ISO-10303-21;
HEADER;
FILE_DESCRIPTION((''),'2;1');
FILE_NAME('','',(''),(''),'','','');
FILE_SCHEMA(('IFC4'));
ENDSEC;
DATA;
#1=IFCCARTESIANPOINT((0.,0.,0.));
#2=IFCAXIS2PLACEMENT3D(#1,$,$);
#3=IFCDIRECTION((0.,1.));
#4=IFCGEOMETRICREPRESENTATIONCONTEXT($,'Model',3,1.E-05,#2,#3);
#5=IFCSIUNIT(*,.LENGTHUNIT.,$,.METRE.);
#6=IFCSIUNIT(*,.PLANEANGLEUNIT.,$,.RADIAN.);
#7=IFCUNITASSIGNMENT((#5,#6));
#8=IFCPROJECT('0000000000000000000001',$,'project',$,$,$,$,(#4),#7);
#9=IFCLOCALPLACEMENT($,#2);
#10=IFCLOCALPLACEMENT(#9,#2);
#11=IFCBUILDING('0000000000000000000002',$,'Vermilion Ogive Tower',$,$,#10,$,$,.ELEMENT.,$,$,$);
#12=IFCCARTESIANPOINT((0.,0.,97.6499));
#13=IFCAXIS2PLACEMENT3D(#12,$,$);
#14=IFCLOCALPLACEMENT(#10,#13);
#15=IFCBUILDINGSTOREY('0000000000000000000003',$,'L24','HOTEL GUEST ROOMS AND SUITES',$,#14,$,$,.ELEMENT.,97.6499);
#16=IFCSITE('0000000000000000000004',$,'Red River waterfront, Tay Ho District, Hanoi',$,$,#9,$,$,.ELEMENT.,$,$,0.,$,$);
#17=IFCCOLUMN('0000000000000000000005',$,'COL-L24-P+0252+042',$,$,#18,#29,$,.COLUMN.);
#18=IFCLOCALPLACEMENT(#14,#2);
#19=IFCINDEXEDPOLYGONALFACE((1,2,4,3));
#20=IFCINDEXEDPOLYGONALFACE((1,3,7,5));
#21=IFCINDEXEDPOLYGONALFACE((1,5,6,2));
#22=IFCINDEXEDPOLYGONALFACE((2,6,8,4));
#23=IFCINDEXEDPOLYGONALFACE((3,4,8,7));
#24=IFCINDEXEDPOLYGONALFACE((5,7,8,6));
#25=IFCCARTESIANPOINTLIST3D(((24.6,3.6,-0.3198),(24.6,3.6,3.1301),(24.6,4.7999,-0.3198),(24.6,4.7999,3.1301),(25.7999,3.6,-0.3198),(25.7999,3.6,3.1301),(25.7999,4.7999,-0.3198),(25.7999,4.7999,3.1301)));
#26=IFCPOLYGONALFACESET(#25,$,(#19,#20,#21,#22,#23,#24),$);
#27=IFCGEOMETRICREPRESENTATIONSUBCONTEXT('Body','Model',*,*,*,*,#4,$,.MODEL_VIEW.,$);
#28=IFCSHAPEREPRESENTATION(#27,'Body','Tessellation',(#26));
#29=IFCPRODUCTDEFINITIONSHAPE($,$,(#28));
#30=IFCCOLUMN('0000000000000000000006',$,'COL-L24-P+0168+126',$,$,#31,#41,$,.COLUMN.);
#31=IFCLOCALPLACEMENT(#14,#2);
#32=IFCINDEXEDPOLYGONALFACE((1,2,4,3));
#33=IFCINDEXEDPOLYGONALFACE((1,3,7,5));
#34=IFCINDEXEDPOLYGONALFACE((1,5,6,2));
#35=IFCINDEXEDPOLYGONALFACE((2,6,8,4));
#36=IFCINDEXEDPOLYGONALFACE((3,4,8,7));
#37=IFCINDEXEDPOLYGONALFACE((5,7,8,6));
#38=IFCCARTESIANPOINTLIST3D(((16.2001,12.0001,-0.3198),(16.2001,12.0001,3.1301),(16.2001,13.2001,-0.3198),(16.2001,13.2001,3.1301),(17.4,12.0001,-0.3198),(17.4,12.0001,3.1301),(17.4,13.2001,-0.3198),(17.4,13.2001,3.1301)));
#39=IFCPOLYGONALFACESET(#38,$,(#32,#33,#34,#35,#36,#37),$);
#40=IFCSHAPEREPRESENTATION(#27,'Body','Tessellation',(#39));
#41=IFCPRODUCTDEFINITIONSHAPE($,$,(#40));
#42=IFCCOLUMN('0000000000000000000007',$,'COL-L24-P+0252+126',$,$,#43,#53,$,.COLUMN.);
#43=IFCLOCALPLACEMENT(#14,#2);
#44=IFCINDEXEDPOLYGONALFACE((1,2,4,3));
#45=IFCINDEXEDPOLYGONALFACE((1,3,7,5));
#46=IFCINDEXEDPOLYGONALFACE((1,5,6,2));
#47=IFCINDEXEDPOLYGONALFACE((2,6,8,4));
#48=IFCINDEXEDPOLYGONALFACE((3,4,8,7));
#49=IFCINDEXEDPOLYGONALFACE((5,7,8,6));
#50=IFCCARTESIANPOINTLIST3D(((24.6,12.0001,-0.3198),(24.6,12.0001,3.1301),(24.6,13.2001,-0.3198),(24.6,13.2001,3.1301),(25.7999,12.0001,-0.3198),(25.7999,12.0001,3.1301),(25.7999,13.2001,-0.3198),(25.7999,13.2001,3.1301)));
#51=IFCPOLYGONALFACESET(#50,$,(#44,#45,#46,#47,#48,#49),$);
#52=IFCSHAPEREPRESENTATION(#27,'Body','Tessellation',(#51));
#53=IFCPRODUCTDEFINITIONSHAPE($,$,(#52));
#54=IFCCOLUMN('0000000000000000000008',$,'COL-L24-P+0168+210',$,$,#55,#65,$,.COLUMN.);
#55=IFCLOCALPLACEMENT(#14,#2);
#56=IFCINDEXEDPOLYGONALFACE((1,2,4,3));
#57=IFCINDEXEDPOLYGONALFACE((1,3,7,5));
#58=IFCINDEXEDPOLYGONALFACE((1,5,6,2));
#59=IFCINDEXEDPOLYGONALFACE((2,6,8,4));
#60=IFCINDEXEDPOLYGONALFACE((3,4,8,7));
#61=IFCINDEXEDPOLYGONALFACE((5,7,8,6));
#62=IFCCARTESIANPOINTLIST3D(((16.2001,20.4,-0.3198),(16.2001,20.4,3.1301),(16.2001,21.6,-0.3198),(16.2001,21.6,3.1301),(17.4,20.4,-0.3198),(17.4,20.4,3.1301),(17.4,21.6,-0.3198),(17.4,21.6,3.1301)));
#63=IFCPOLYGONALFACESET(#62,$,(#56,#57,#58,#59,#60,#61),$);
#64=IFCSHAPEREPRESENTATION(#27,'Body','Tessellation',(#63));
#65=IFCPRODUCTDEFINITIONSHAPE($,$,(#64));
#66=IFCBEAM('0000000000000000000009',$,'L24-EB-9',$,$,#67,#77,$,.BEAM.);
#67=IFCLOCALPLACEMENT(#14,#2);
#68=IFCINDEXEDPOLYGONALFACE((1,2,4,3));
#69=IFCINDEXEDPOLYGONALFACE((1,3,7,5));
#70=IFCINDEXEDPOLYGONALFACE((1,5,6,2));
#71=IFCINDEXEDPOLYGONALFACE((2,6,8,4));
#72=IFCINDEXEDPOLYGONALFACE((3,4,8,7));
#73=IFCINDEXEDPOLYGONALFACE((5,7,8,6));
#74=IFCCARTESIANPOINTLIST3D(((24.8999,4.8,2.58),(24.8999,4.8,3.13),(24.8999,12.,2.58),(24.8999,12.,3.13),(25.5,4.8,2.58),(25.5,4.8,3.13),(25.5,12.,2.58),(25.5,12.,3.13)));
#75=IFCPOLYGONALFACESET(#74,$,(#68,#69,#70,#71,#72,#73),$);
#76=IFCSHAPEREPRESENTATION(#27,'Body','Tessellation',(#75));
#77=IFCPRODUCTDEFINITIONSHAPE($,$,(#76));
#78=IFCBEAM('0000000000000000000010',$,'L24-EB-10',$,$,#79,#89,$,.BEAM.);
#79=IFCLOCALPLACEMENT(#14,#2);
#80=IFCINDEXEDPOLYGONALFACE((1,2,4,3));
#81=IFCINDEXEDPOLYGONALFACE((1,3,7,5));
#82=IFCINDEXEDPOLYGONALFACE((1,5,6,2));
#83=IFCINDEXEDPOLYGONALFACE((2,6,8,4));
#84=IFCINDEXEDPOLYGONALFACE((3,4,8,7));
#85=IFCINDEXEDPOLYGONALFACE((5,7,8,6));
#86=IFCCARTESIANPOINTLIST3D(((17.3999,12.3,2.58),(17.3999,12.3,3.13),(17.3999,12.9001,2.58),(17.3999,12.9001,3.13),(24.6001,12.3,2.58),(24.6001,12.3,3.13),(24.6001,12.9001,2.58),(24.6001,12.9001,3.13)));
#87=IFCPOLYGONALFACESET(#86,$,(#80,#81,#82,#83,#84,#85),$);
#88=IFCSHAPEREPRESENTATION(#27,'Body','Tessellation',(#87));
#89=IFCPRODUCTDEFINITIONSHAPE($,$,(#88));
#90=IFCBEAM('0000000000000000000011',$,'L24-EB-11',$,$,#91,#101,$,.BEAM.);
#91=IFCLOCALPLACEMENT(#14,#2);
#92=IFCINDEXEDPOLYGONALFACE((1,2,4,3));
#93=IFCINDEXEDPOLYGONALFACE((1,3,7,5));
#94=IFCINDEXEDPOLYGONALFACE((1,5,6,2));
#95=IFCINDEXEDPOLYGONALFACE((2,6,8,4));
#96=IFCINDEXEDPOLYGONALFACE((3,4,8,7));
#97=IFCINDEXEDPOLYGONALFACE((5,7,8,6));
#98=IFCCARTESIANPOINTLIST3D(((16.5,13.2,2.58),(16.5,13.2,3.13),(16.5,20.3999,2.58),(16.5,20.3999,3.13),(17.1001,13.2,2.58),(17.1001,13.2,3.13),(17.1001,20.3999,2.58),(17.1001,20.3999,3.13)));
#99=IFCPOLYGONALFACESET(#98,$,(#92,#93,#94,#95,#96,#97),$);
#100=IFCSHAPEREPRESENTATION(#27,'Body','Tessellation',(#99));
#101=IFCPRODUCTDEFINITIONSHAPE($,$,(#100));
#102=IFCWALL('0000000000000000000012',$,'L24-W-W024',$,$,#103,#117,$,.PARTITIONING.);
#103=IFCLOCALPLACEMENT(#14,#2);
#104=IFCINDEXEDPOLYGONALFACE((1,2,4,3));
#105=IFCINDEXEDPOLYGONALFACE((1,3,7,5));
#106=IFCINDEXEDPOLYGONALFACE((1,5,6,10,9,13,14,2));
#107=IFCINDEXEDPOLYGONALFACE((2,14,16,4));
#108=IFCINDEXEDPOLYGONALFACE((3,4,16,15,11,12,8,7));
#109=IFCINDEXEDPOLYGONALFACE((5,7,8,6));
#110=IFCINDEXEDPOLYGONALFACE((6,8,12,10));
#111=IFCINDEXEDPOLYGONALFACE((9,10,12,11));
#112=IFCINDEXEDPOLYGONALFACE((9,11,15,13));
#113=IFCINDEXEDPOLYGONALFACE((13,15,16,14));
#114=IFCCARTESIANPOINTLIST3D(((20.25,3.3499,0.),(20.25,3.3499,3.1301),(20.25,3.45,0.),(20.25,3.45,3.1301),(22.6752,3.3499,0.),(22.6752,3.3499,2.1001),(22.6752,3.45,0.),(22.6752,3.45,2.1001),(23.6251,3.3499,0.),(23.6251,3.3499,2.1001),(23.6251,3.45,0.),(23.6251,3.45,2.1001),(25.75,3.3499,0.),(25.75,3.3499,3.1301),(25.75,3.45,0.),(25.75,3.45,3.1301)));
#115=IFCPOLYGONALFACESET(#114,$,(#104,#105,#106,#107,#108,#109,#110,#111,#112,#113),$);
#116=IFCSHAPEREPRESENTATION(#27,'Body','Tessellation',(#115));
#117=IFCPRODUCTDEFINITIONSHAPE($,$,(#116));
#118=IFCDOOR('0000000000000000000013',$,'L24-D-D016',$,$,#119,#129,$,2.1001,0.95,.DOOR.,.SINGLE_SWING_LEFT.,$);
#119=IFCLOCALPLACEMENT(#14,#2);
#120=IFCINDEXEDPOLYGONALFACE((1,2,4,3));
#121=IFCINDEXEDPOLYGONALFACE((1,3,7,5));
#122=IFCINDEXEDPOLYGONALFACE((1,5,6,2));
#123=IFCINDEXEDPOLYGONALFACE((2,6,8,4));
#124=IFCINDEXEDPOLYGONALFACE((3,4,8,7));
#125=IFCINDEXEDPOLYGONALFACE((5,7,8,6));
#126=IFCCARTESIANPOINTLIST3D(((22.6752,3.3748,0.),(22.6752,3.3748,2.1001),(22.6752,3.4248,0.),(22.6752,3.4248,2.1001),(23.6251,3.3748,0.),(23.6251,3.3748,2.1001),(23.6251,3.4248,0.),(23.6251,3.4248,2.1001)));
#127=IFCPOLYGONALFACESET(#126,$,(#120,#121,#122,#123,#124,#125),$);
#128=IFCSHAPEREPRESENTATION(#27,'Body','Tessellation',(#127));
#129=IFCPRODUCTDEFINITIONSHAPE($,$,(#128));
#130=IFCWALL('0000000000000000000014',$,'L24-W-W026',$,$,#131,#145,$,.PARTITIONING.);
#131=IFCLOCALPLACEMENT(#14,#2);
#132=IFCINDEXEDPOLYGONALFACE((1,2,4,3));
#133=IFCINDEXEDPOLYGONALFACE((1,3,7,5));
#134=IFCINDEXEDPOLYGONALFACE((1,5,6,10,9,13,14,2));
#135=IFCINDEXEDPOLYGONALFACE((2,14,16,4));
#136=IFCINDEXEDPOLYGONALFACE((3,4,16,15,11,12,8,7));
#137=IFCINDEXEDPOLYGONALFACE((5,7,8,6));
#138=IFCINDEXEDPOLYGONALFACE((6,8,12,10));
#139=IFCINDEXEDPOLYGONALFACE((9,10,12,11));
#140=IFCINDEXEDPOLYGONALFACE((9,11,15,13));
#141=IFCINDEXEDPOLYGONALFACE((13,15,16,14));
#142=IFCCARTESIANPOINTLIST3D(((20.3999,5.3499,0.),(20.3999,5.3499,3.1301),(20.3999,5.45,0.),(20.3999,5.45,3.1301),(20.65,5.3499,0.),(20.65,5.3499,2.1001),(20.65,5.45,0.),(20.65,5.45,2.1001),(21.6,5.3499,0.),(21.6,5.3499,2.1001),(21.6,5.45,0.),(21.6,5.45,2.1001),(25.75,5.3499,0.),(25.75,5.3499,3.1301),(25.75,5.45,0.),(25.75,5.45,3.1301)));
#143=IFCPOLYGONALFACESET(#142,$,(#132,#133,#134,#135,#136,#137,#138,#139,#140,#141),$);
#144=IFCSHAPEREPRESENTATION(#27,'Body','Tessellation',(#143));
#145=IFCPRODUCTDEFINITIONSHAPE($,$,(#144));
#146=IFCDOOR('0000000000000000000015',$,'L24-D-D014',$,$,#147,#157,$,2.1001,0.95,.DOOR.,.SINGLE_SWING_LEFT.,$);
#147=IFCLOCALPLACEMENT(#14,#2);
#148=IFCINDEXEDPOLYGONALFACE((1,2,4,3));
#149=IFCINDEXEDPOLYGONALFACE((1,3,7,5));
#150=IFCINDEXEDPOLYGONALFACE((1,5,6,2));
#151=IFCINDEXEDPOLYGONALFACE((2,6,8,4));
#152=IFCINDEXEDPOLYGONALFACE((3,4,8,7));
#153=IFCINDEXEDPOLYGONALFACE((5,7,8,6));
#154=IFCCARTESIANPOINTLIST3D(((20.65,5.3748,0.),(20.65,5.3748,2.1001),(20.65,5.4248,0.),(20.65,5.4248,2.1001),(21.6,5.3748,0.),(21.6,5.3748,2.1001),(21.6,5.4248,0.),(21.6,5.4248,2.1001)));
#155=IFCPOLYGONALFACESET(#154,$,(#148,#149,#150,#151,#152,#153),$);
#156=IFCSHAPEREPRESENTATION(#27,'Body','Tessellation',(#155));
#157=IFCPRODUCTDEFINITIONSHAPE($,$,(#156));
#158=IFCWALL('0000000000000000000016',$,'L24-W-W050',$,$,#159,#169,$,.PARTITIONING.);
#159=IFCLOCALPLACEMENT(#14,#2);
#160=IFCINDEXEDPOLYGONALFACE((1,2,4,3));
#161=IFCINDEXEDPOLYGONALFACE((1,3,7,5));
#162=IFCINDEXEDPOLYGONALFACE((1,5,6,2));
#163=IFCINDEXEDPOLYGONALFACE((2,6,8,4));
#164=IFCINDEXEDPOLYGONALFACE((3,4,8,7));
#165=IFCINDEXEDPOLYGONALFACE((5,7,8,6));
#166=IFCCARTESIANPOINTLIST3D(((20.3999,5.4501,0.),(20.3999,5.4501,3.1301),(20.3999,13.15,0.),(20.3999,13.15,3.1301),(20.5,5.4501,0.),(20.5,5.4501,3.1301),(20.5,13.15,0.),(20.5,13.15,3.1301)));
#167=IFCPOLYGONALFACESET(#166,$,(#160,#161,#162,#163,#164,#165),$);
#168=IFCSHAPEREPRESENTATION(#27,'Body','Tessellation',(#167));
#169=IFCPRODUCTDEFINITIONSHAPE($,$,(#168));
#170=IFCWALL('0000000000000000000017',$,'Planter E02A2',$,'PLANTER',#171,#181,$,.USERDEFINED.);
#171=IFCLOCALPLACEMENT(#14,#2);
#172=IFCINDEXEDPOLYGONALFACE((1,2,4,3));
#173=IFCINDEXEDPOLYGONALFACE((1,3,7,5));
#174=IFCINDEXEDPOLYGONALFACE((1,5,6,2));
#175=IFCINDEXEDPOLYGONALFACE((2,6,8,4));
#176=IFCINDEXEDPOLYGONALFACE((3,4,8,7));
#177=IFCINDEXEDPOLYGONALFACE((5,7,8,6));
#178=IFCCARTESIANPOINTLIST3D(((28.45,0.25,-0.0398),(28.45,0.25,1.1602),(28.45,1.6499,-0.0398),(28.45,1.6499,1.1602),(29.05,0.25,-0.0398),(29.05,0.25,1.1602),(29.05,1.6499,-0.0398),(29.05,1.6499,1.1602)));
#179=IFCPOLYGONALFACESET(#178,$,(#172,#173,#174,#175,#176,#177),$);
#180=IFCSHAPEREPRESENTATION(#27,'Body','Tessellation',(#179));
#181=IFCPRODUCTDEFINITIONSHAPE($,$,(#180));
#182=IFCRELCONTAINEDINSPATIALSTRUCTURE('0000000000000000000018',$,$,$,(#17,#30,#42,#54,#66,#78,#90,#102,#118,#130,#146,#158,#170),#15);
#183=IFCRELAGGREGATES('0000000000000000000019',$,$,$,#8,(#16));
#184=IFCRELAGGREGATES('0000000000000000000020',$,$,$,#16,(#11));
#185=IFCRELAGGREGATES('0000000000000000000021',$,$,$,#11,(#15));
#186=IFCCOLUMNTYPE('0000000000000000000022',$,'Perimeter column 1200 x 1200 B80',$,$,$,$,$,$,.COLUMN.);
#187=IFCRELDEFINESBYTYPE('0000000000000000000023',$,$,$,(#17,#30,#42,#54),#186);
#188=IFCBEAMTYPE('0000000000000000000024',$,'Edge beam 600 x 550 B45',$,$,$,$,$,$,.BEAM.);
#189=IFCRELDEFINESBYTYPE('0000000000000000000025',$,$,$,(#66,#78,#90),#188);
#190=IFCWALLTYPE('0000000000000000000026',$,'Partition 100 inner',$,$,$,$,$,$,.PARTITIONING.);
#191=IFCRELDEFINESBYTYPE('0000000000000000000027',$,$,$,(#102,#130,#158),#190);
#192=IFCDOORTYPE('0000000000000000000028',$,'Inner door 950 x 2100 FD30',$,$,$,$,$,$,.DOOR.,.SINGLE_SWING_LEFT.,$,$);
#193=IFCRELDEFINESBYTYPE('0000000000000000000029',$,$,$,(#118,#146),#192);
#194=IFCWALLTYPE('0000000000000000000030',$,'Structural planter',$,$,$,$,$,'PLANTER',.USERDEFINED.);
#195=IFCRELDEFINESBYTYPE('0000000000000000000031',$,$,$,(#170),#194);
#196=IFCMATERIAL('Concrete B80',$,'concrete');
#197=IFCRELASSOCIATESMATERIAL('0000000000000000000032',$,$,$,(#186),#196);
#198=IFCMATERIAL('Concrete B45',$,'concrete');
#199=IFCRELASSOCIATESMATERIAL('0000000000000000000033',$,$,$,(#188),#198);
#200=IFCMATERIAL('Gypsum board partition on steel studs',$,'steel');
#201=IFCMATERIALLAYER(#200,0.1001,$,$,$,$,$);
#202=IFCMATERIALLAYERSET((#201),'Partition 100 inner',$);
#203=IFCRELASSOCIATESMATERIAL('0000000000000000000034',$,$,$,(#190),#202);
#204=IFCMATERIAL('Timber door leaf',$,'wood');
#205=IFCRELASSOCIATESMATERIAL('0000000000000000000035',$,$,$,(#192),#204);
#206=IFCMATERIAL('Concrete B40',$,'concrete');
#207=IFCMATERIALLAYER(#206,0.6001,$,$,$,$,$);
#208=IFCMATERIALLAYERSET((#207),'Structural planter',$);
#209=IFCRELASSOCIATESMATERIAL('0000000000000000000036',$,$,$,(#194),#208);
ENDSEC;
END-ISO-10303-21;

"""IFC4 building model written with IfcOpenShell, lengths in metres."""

from ifc_helpers import new_model, si_unit, direction, frame, frame_2d, origin, origin_2d, place, context, subcontext, project, spatial, rectangle, extrude, material, layer, layer_set, material_profile, profile_set, type_object, element, fill, save


model = new_model("IFC4")

# Units and contexts
model_context = context("Model", 3, precision=1e-05, world=origin(), true_north=direction((0.0, 1.0)))
body_context = subcontext(model_context, "Body", "Model", "MODEL_VIEW")
ifc_project = project(units=[si_unit("LENGTHUNIT", "METRE"), si_unit("PLANEANGLEUNIT", "RADIAN")], contexts=[model_context])

# Site, building, storey
site_placement = place(None, origin())
site = spatial("IfcSite", under=ifc_project, at=site_placement, Name="Red River waterfront, Tay Ho District, Hanoi", CompositionType="ELEMENT", RefElevation=0.0)
building_placement = place(site_placement, origin())
building = spatial("IfcBuilding", under=site, at=building_placement, Name="Vermilion Ogive Tower", CompositionType="ELEMENT")
storey_placement = place(building_placement, frame((0.0, 0.0, 97.6499)))
storey = spatial("IfcBuildingStorey", under=building, at=storey_placement, Name="L24", Description="HOTEL GUEST ROOMS AND SUITES", CompositionType="ELEMENT", Elevation=97.6499)

# Columns
ifc_material_1 = material(Name="Concrete B80", Category="concrete")
ifc_material_profile_1 = material_profile(ifc_material_1, rectangle(XDim=1.2, YDim=1.2, at=origin_2d()), Name="1200 x 1200")
ifc_profile_set_1 = profile_set([ifc_material_profile_1], Name="Concrete B80")
column_type = type_object("IfcColumnType", Name="Perimeter column 1200 x 1200 B80", PredefinedType="COLUMN", material=ifc_profile_set_1)
for number, where, z_axis, x_axis, name in (
    (1, (25.2, 4.2, -0.3198), (0.0, 0.0, 1.0), (1.0, 0.0, 0.0), "COL-L24-P+0252+042"),
    (2, (16.8, 12.6001, -0.3198), (0.0, 0.0, 1.0), (1.0, 0.0, 0.0), "COL-L24-P+0168+126"),
    (3, (25.2, 12.6001, -0.3198), (0.0, 0.0, 1.0), (1.0, 0.0, 0.0), "COL-L24-P+0252+126"),
    (4, (16.8, 21.0, -0.3198), (0.0, 0.0, 1.0), (1.0, 0.0, 0.0), "COL-L24-P+0168+210"),
):
    element("IfcColumn", number, at=place(storey_placement, frame(where, z_axis=z_axis, x_axis=x_axis)), inside=storey, type_object=column_type, Name=name, PredefinedType="COLUMN", context=body_context, shape_type="SweptSolid", body=[
        extrude(rectangle(XDim=1.2, YDim=1.2, at=origin_2d()), origin(), (0.0, 0.0, 1.0), 3.45),
    ])

# Beams
ifc_material_2 = material(Name="Concrete B45", Category="concrete")
ifc_material_profile_2 = material_profile(ifc_material_2, rectangle(XDim=0.6001, YDim=0.55, at=origin_2d()), Name="600 x 550")
ifc_profile_set_2 = profile_set([ifc_material_profile_2], Name="Concrete B45")
beam_type = type_object("IfcBeamType", Name="Edge beam 600 x 550 B45", PredefinedType="BEAM", material=ifc_profile_set_2)
beam_1_placement = place(storey_placement, frame((25.2, 4.8, 2.855), z_axis=(0.0, 1.0, 0.0), x_axis=(-1.0, 0.0, 0.0)))
element("IfcBeam", 5, at=beam_1_placement, inside=storey, type_object=beam_type, Name="L24-EB-9", PredefinedType="BEAM", context=body_context, shape_type="SweptSolid", body=[
    extrude(rectangle(XDim=0.6001, YDim=0.55, at=origin_2d()), origin(), (0.0, 0.0, 1.0), 7.2),
])
beam_2_placement = place(storey_placement, frame((24.6001, 12.6001, 2.855), z_axis=(-1.0, 0.0, 0.0), x_axis=(0.0, -1.0, 0.0)))
element("IfcBeam", 6, at=beam_2_placement, inside=storey, type_object=beam_type, Name="L24-EB-10", PredefinedType="BEAM", context=body_context, shape_type="SweptSolid", body=[
    extrude(rectangle(XDim=0.6001, YDim=0.55, at=origin_2d()), origin(), (0.0, 0.0, 1.0), 7.2002),
])
beam_3_placement = place(storey_placement, frame((16.8, 13.2, 2.855), z_axis=(0.0, 1.0, 0.0), x_axis=(-1.0, 0.0, 0.0)))
element("IfcBeam", 7, at=beam_3_placement, inside=storey, type_object=beam_type, Name="L24-EB-11", PredefinedType="BEAM", context=body_context, shape_type="SweptSolid", body=[
    extrude(rectangle(XDim=0.6001, YDim=0.55, at=origin_2d()), origin(), (0.0, 0.0, 1.0), 7.2),
])

# Walls, openings, doors
ifc_material_3 = material(Name="Gypsum board partition on steel studs", Category="steel")
ifc_layer_1 = layer(ifc_material_3, 0.1001)
ifc_layer_set_1 = layer_set([ifc_layer_1], Name="Partition 100 inner")
wall_type_1 = type_object("IfcWallType", Name="Partition 100 inner", PredefinedType="PARTITIONING", material=ifc_layer_set_1)
wall_1_placement = place(storey_placement, frame((20.25, 3.3999, 0.0), z_axis=(0.0, 0.0, 1.0), x_axis=(1.0, 0.0, 0.0)))
wall_1 = element("IfcWall", 8, at=wall_1_placement, inside=storey, type_object=wall_type_1, Name="L24-W-W024", PredefinedType="PARTITIONING", context=body_context, shape_type="SweptSolid", body=[
    extrude(rectangle(XDim=5.5, YDim=0.1001, at=frame_2d((2.75, 0.0))), origin(), (0.0, 0.0, 1.0), 3.1301),
])
opening_1_placement = place(wall_1_placement, frame((2.425, 0.0, 0.0)))
opening_1 = element("IfcOpeningElement", 9, at=opening_1_placement, cuts=wall_1, PredefinedType="OPENING", context=body_context, shape_type="SweptSolid", body=[
    extrude(rectangle(XDim=0.95, YDim=2.1001, at=frame_2d((0.4751, 1.05))), frame((0.0, 0.0601, 0.0), z_axis=(0.0, -1.0, 0.0), x_axis=(1.0, 0.0, 0.0)), (0.0, 0.0, 1.0), 0.1201),
])
ifc_material_4 = material(Name="Timber door leaf", Category="wood")
door_type_1 = type_object("IfcDoorType", Name="Inner door 950 x 2100 FD30", OperationType="SINGLE_SWING_LEFT", PredefinedType="DOOR", material=ifc_material_4)
door_1_placement = place(opening_1_placement, origin())
door_1 = element("IfcDoor", 10, at=door_1_placement, inside=storey, type_object=door_type_1, Name="L24-D-D016", OperationType="SINGLE_SWING_LEFT", OverallHeight=2.1001, OverallWidth=0.95, PredefinedType="DOOR", context=body_context, shape_type="SweptSolid", body=[
    extrude(rectangle(XDim=0.95, YDim=2.1001, at=frame_2d((0.4751, 1.05))), frame((0.0, 0.0249, 0.0), z_axis=(0.0, -1.0, 0.0), x_axis=(1.0, 0.0, 0.0)), (0.0, 0.0, 1.0), 0.05),
])
fill(opening_1, door_1)
wall_2_placement = place(storey_placement, frame((20.3999, 5.3999, 0.0), z_axis=(0.0, 0.0, 1.0), x_axis=(1.0, 0.0, 0.0)))
wall_2 = element("IfcWall", 11, at=wall_2_placement, inside=storey, type_object=wall_type_1, Name="L24-W-W026", PredefinedType="PARTITIONING", context=body_context, shape_type="SweptSolid", body=[
    extrude(rectangle(XDim=5.3501, YDim=0.1001, at=frame_2d((2.675, 0.0))), origin(), (0.0, 0.0, 1.0), 3.1301),
])
opening_2_placement = place(wall_2_placement, frame((0.25, 0.0, 0.0)))
opening_2 = element("IfcOpeningElement", 12, at=opening_2_placement, cuts=wall_2, PredefinedType="OPENING", context=body_context, shape_type="SweptSolid", body=[
    extrude(rectangle(XDim=0.95, YDim=2.1001, at=frame_2d((0.4751, 1.05))), frame((0.0, 0.0601, 0.0), z_axis=(0.0, -1.0, 0.0), x_axis=(1.0, 0.0, 0.0)), (0.0, 0.0, 1.0), 0.1201),
])
door_2_placement = place(opening_2_placement, origin())
door_2 = element("IfcDoor", 13, at=door_2_placement, inside=storey, type_object=door_type_1, Name="L24-D-D014", OperationType="SINGLE_SWING_LEFT", OverallHeight=2.1001, OverallWidth=0.95, PredefinedType="DOOR", context=body_context, shape_type="SweptSolid", body=[
    extrude(rectangle(XDim=0.95, YDim=2.1001, at=frame_2d((0.4751, 1.05))), frame((0.0, 0.0249, 0.0), z_axis=(0.0, -1.0, 0.0), x_axis=(1.0, 0.0, 0.0)), (0.0, 0.0, 1.0), 0.05),
])
fill(opening_2, door_2)

# Walls
wall_3_placement = place(storey_placement, frame((20.45, 5.45, 0.0), z_axis=(0.0, 0.0, 1.0), x_axis=(0.0, 1.0, 0.0)))
element("IfcWall", 14, at=wall_3_placement, inside=storey, type_object=wall_type_1, Name="L24-W-W050", PredefinedType="PARTITIONING", context=body_context, shape_type="SweptSolid", body=[
    extrude(rectangle(XDim=7.7, YDim=0.1001, at=frame_2d((3.8501, 0.0))), origin(), (0.0, 0.0, 1.0), 3.1301),
])
ifc_material_5 = material(Name="Concrete B40", Category="concrete")
ifc_layer_2 = layer(ifc_material_5, 0.6001)
ifc_layer_set_2 = layer_set([ifc_layer_2], Name="Structural planter")
wall_type_2 = type_object("IfcWallType", Name="Structural planter", ElementType="PLANTER", PredefinedType="USERDEFINED", material=ifc_layer_set_2)
wall_4_placement = place(storey_placement, frame((28.75, 0.25, -0.0398), z_axis=(0.0, 0.0, 1.0), x_axis=(0.0, 1.0, 0.0)))
element("IfcWall", 15, at=wall_4_placement, inside=storey, type_object=wall_type_2, Name="Planter E02A2", ObjectType="PLANTER", PredefinedType="USERDEFINED", context=body_context, shape_type="SweptSolid", body=[
    extrude(rectangle(XDim=1.3999, YDim=0.6001, at=frame_2d((0.7, 0.0))), origin(), (0.0, 0.0, 1.0), 1.2),
])

save(model, "model.ifc")
